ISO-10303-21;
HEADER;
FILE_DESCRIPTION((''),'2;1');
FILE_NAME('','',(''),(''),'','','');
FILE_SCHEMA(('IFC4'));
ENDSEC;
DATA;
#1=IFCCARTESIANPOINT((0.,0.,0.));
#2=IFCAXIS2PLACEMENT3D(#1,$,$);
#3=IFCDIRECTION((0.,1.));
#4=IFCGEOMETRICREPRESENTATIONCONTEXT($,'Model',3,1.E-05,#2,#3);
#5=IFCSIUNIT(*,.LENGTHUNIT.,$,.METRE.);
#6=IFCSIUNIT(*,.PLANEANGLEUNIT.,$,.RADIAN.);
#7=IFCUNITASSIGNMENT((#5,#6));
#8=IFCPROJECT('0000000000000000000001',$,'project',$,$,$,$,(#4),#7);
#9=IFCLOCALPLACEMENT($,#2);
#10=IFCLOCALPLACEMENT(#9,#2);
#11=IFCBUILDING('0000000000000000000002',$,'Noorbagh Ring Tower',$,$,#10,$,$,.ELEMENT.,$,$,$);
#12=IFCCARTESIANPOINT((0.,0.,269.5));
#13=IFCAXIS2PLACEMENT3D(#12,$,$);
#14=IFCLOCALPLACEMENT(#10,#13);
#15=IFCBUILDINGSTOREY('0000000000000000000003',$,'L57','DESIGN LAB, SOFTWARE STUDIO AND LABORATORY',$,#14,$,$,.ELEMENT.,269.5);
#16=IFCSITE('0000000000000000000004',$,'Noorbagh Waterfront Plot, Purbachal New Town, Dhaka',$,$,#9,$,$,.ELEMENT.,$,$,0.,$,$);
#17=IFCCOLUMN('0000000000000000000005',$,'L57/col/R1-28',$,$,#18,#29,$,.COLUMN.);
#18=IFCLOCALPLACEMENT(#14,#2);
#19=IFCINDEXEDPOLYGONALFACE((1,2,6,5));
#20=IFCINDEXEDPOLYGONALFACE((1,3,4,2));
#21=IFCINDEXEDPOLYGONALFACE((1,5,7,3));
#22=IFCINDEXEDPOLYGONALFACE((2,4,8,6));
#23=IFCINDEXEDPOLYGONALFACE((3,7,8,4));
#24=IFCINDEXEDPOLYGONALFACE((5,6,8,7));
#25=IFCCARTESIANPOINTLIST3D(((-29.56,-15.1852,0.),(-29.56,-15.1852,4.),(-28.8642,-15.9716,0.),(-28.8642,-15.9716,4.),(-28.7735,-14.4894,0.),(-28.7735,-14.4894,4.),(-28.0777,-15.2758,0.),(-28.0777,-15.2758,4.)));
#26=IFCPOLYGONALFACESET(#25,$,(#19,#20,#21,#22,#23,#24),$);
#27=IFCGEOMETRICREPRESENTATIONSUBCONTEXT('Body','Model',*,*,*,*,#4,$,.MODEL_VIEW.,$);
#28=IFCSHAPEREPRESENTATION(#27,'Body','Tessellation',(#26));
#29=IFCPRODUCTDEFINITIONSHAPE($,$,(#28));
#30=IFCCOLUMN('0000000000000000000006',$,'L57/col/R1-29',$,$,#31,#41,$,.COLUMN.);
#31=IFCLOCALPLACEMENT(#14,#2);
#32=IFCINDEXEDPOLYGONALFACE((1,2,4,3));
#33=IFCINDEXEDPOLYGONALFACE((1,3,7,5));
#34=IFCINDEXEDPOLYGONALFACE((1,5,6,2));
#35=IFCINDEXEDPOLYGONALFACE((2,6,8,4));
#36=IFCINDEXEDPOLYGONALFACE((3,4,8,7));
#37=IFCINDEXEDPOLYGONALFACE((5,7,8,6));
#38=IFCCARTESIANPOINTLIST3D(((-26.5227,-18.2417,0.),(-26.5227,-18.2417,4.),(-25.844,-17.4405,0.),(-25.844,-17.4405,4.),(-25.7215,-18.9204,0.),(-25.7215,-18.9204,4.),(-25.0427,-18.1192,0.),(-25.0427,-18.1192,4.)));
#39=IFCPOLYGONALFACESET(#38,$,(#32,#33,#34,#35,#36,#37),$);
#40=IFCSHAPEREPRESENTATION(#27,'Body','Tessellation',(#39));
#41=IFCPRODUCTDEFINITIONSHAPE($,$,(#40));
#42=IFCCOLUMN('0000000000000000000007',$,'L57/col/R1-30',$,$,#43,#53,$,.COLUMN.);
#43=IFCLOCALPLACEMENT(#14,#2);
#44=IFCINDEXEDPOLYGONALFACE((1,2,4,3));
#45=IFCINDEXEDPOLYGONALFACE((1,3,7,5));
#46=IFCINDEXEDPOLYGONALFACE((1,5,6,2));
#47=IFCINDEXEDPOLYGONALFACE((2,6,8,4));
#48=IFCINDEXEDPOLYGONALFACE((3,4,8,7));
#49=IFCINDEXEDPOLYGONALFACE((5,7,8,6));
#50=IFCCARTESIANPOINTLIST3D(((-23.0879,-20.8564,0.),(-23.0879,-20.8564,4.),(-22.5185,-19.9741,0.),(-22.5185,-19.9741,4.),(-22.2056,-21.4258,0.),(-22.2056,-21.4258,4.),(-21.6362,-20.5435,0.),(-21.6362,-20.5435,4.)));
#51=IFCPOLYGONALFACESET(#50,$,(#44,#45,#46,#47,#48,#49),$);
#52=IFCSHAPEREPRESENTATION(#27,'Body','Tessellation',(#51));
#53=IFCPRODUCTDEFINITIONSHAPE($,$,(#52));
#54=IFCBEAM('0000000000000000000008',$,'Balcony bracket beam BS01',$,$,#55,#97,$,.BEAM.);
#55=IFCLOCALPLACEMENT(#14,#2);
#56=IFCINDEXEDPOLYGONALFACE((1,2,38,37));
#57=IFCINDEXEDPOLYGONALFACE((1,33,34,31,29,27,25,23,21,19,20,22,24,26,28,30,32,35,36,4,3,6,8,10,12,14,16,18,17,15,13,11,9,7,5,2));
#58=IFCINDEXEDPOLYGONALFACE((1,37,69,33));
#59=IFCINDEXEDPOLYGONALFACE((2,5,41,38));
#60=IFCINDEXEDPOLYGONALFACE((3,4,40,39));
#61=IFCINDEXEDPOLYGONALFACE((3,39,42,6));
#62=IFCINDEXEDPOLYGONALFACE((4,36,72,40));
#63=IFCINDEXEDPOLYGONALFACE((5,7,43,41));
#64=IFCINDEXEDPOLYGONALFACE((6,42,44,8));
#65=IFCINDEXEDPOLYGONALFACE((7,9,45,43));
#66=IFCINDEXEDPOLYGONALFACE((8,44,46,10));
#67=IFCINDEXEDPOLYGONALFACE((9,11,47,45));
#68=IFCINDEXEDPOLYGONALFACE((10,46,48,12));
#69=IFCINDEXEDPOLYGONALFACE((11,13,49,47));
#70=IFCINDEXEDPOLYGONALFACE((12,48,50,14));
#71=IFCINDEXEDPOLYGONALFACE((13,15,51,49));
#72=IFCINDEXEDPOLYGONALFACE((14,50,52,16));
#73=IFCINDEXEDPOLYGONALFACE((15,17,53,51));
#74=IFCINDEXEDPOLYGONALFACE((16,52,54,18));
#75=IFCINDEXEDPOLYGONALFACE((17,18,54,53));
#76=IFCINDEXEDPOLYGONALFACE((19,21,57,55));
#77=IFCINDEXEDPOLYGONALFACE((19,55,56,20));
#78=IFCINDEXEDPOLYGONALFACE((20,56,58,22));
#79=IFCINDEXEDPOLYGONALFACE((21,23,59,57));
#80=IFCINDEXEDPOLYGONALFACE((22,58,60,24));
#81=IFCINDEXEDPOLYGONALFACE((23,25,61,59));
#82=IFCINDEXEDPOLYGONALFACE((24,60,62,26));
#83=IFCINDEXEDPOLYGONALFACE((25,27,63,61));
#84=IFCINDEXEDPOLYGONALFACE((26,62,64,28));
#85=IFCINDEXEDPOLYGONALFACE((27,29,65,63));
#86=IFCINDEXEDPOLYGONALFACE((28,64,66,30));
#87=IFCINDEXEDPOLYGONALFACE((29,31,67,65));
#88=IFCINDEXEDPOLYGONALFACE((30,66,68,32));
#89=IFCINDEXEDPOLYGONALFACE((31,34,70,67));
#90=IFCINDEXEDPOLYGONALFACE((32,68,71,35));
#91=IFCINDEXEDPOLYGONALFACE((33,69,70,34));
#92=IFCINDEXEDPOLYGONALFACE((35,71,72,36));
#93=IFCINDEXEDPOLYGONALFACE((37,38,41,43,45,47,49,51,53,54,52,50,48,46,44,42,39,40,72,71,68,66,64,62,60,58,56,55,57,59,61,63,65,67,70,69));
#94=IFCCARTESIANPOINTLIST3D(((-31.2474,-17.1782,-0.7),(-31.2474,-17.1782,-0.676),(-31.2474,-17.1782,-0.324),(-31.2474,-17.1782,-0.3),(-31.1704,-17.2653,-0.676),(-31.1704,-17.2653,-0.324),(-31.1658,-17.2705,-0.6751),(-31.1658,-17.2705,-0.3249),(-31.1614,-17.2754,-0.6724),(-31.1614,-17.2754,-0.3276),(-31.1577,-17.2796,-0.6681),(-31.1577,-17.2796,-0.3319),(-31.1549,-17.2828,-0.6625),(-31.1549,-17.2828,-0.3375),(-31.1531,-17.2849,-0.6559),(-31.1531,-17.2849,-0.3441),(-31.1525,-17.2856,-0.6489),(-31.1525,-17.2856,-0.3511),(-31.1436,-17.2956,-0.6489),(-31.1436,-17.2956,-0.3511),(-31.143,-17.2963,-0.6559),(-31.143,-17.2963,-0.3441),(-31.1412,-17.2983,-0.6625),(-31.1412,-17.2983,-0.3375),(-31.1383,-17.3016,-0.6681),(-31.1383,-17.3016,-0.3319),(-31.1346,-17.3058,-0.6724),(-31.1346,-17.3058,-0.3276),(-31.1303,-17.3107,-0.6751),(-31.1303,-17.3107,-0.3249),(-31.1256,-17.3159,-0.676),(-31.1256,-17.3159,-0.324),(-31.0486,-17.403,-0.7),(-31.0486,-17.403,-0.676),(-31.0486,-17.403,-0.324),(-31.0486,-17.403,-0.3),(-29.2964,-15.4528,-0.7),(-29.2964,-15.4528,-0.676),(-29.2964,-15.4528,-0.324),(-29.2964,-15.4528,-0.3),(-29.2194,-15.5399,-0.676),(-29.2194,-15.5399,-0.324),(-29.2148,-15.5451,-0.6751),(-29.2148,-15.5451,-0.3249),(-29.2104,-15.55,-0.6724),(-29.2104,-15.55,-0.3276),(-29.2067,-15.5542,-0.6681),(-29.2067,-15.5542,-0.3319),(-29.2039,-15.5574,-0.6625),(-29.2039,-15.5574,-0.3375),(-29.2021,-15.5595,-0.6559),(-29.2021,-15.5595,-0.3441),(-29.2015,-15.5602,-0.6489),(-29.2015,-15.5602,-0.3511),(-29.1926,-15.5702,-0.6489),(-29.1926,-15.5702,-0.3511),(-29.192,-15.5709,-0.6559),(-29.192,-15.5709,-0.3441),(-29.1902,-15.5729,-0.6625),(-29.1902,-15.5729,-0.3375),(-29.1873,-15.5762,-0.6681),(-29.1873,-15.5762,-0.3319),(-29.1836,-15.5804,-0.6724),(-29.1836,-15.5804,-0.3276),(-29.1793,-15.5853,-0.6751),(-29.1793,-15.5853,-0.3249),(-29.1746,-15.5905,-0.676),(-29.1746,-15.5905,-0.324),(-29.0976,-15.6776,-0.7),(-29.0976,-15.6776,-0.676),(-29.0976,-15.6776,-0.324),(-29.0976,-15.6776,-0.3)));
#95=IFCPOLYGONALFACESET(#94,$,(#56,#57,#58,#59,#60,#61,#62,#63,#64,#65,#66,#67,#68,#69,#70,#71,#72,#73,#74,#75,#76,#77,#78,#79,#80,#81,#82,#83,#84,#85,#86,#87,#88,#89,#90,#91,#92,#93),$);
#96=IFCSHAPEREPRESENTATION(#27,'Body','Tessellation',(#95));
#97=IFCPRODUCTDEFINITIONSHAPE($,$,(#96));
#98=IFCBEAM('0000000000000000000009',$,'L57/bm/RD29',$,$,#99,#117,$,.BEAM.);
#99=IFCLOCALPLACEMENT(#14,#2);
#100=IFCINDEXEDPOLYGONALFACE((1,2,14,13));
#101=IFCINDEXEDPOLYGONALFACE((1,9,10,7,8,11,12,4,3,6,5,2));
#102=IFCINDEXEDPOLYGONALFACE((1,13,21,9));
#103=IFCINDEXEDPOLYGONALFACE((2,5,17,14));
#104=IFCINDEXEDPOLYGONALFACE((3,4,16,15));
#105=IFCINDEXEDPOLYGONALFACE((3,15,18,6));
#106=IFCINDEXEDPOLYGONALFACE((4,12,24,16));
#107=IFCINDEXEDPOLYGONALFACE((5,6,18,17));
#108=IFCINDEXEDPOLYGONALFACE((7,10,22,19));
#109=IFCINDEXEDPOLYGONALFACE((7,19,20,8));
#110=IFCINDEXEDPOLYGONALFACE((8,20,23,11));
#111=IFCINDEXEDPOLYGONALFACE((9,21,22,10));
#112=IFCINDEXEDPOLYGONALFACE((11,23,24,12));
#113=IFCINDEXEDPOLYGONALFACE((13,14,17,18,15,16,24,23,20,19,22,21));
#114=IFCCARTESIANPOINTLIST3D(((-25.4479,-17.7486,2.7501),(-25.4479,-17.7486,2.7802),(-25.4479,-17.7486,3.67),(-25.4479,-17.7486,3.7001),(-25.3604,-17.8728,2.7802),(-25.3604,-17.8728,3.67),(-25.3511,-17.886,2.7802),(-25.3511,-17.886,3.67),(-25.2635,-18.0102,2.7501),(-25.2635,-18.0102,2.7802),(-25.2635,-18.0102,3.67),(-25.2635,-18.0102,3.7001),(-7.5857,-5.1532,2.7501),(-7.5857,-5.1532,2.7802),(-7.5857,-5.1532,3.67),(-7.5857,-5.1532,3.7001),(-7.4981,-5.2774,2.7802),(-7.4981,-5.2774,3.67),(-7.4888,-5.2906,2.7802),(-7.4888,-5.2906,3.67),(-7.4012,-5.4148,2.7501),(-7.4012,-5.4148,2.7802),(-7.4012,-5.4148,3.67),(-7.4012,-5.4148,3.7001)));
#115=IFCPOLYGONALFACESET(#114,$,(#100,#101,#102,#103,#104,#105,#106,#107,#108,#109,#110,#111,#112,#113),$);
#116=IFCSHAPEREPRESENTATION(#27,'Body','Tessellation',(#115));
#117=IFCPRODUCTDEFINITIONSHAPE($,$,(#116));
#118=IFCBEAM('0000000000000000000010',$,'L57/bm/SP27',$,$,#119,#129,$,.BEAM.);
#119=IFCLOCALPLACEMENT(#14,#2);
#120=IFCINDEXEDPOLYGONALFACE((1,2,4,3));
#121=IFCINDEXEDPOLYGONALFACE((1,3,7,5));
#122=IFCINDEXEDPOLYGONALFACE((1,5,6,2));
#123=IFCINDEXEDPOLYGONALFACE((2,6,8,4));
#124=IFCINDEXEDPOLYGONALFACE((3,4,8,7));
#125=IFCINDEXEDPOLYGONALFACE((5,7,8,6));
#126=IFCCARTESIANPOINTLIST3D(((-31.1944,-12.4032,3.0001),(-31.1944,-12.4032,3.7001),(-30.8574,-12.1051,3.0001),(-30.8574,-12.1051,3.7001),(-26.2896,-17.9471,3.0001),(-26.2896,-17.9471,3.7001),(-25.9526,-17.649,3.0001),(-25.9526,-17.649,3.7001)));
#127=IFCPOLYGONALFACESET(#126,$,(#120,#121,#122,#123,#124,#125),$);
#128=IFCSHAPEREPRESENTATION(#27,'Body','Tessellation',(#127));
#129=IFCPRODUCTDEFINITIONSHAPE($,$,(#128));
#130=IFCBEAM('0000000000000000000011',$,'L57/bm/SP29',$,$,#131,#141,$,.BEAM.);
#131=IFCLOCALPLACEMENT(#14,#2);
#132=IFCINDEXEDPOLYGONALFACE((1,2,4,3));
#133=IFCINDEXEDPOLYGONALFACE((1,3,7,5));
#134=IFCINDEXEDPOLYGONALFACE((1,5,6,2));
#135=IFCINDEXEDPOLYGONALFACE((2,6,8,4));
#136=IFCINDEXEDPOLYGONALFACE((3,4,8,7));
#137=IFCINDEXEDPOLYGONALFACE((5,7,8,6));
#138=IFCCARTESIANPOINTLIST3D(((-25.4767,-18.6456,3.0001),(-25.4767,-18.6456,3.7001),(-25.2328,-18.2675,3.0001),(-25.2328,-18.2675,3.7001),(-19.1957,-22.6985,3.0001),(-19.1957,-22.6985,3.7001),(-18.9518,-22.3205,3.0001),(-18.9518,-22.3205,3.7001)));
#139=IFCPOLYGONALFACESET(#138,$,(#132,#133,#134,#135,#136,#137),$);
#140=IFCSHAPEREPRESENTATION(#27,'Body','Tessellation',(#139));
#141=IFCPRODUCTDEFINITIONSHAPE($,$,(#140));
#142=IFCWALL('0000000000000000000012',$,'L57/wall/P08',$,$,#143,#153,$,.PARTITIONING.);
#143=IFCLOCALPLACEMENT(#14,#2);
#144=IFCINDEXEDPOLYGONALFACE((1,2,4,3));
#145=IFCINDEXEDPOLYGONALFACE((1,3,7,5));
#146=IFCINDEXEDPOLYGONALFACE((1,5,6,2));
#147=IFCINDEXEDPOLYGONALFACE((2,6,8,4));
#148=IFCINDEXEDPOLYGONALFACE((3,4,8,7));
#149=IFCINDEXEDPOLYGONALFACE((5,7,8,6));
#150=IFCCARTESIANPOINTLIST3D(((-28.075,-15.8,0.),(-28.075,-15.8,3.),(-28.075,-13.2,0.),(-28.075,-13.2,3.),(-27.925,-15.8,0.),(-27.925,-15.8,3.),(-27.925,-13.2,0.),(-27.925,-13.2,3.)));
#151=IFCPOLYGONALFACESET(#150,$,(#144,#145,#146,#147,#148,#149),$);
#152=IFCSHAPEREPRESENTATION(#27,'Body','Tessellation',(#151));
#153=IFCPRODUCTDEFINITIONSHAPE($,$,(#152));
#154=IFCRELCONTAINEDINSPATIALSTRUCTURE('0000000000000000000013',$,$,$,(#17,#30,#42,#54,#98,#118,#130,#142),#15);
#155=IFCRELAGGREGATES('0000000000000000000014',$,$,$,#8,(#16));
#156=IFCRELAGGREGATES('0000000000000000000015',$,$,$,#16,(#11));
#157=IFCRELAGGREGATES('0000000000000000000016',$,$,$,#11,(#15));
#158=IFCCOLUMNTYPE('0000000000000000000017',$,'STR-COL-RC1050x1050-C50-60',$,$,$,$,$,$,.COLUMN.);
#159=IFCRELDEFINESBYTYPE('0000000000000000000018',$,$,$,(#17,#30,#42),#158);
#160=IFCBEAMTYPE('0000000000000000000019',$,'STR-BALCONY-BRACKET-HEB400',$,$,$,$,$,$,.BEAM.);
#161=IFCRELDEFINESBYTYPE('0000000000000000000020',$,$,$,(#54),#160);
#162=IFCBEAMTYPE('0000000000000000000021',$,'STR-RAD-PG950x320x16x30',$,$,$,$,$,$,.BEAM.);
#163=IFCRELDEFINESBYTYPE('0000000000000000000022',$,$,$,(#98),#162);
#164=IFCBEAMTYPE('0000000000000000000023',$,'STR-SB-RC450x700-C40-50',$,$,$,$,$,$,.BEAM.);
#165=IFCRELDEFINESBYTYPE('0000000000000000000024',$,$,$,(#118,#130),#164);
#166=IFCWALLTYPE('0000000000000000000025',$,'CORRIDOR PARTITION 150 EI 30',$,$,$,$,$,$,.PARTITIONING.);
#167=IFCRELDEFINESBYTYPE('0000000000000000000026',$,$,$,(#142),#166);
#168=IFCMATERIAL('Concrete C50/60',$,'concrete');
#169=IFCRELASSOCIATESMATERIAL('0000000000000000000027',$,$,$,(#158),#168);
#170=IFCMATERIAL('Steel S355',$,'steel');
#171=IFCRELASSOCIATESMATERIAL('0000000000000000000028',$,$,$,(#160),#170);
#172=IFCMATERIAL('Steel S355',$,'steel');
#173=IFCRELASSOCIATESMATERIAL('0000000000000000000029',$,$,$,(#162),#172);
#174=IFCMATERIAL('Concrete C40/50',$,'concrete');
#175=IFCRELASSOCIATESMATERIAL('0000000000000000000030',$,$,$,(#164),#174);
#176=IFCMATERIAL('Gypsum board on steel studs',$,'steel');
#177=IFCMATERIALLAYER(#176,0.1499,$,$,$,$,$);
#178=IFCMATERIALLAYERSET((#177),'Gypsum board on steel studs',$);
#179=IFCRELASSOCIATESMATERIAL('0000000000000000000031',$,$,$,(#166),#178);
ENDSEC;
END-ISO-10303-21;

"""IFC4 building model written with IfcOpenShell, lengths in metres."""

from ifc_helpers import new_model, si_unit, direction, frame, frame_2d, origin, origin_2d, place, context, subcontext, project, spatial, rectangle, i_section, extrude, material, layer, layer_set, material_profile, profile_set, type_object, element, save


model = new_model("IFC4")

# Units and contexts
model_context = context("Model", 3, precision=1e-05, world=origin(), true_north=direction((0.0, 1.0)))
body_context = subcontext(model_context, "Body", "Model", "MODEL_VIEW")
ifc_project = project(units=[si_unit("LENGTHUNIT", "METRE"), si_unit("PLANEANGLEUNIT", "RADIAN")], contexts=[model_context])

# Site, building, storey
site_placement = place(None, origin())
site = spatial("IfcSite", under=ifc_project, at=site_placement, Name="Noorbagh Waterfront Plot, Purbachal New Town, Dhaka", CompositionType="ELEMENT", RefElevation=0.0)
building_placement = place(site_placement, origin())
building = spatial("IfcBuilding", under=site, at=building_placement, Name="Noorbagh Ring Tower", CompositionType="ELEMENT")
storey_placement = place(building_placement, frame((0.0, 0.0, 269.5)))
storey = spatial("IfcBuildingStorey", under=building, at=storey_placement, Name="L57", Description="DESIGN LAB, SOFTWARE STUDIO AND LABORATORY", CompositionType="ELEMENT", Elevation=269.5)

# Columns
ifc_material_1 = material(Name="Concrete C50/60", Category="concrete")
ifc_material_profile_1 = material_profile(ifc_material_1, rectangle(XDim=1.05, YDim=1.05, at=origin_2d()), Name="RC1050x1050")
ifc_profile_set_1 = profile_set([ifc_material_profile_1], Name="Concrete C50/60")
column_type = type_object("IfcColumnType", Name="STR-COL-RC1050x1050-C50-60", PredefinedType="COLUMN", material=ifc_profile_set_1)
for number, where, z_axis, x_axis, name in (
    (1, (-28.8188, -15.2305, 0.0), (0.0, 0.0, 1.0), (0.662636, -0.748942, 0.0), "L57/col/R1-28"),
    (2, (-25.7827, -18.1804, 0.0), (0.0, 0.0, 1.0), (0.763035, -0.646357, 0.0), "L57/col/R1-29"),
    (3, (-22.3621, -20.7, 0.0), (0.0, 0.0, 1.0), (0.840248, -0.542203, 0.0), "L57/col/R1-30"),
):
    element("IfcColumn", number, at=place(storey_placement, frame(where, z_axis=z_axis, x_axis=x_axis)), inside=storey, type_object=column_type, Name=name, PredefinedType="COLUMN", context=body_context, shape_type="SweptSolid", body=[
        extrude(rectangle(XDim=1.05, YDim=1.05, at=origin_2d()), origin(), (0.0, 0.0, 1.0), 4.0),
    ])

# Beams
ifc_material_2 = material(Name="Steel S355", Category="steel")
ifc_material_profile_2 = material_profile(ifc_material_2, i_section(OverallWidth=0.3, OverallDepth=0.3999, WebThickness=0.0134, FlangeThickness=0.0239, FilletRadius=0.0271, at=origin_2d()), Name="HEB400")
ifc_profile_set_2 = profile_set([ifc_material_profile_2], Name="Steel S355")
beam_type_1 = type_object("IfcBeamType", Name="STR-BALCONY-BRACKET-HEB400", PredefinedType="BEAM", material=ifc_profile_set_2)
beam_1_placement = place(storey_placement, frame((-29.197, -15.5652, -0.5), z_axis=(-0.749088, -0.662471, 0.0), x_axis=(0.662471, -0.749088, 0.0)))
element("IfcBeam", 4, at=beam_1_placement, inside=storey, type_object=beam_type_1, Name="Balcony bracket beam BS01", PredefinedType="BEAM", context=body_context, shape_type="SweptSolid", body=[
    extrude(i_section(OverallWidth=0.3, OverallDepth=0.3999, WebThickness=0.0134, FlangeThickness=0.0239, FilletRadius=0.0271, at=origin_2d()), origin(), (0.0, 0.0, 1.0), 2.6045),
])
ifc_material_3 = material(Name="Steel S355", Category="steel")
ifc_material_profile_3 = material_profile(ifc_material_3, i_section(OverallWidth=0.3201, OverallDepth=0.95, WebThickness=0.0161, FlangeThickness=0.03, at=origin_2d()), Name="PG950x320x16x30")
ifc_profile_set_3 = profile_set([ifc_material_profile_3], Name="Steel S355")
beam_type_2 = type_object("IfcBeamType", Name="STR-RAD-PG950x320x16x30", PredefinedType="BEAM", material=ifc_profile_set_3)
beam_2_placement = place(storey_placement, frame((-25.3557, -17.8794, 3.2251), z_axis=(0.817253, 0.576279, 0.0), x_axis=(-0.576279, 0.817253, 0.0)))
element("IfcBeam", 5, at=beam_2_placement, inside=storey, type_object=beam_type_2, Name="L57/bm/RD29", PredefinedType="BEAM", context=body_context, shape_type="SweptSolid", body=[
    extrude(i_section(OverallWidth=0.3201, OverallDepth=0.95, WebThickness=0.0161, FlangeThickness=0.03, at=origin_2d()), origin(), (0.0, 0.0, 1.0), 21.8564),
])
ifc_material_4 = material(Name="Concrete C40/50", Category="concrete")
ifc_material_profile_4 = material_profile(ifc_material_4, rectangle(XDim=0.45, YDim=0.7, at=origin_2d()), Name="RC450x700")
ifc_profile_set_4 = profile_set([ifc_material_profile_4], Name="Concrete C40/50")
beam_type_3 = type_object("IfcBeamType", Name="STR-SB-RC450x700-C40-50", PredefinedType="BEAM", material=ifc_profile_set_4)
beam_3_placement = place(storey_placement, frame((-31.0259, -12.2542, 3.3501), z_axis=(0.662614, -0.748961, 0.0), x_axis=(0.748961, 0.662614, 0.0)))
element("IfcBeam", 6, at=beam_3_placement, inside=storey, type_object=beam_type_3, Name="L57/bm/SP27", PredefinedType="BEAM", context=body_context, shape_type="SweptSolid", body=[
    extrude(rectangle(XDim=0.45, YDim=0.7, at=origin_2d()), origin(), (0.0, 0.0, 1.0), 7.4021),
])
beam_4_placement = place(storey_placement, frame((-25.3547, -18.4565, 3.3501), z_axis=(0.840253, -0.542195, 0.0), x_axis=(0.542195, 0.840253, 0.0)))
element("IfcBeam", 7, at=beam_4_placement, inside=storey, type_object=beam_type_3, Name="L57/bm/SP29", PredefinedType="BEAM", context=body_context, shape_type="SweptSolid", body=[
    extrude(rectangle(XDim=0.45, YDim=0.7, at=origin_2d()), origin(), (0.0, 0.0, 1.0), 7.4751),
])

# Wall
ifc_material_5 = material(Name="Gypsum board on steel studs", Category="steel")
ifc_layer_1 = layer(ifc_material_5, 0.1499)
ifc_layer_set_1 = layer_set([ifc_layer_1], Name="Gypsum board on steel studs")
wall_type_1 = type_object("IfcWallType", Name="CORRIDOR PARTITION 150 EI 30", PredefinedType="PARTITIONING", material=ifc_layer_set_1)
wall_1_placement = place(storey_placement, frame((-28.0, -15.8, 0.0), z_axis=(0.0, 0.0, 1.0), x_axis=(0.0, 1.0, 0.0)))
element("IfcWall", 8, at=wall_1_placement, inside=storey, type_object=wall_type_1, Name="L57/wall/P08", PredefinedType="PARTITIONING", context=body_context, shape_type="SweptSolid", body=[
    extrude(rectangle(XDim=2.6001, YDim=0.1499, at=frame_2d((1.3, 0.0))), origin(), (0.0, 0.0, 1.0), 3.0),
])

save(model, "model.ifc")
